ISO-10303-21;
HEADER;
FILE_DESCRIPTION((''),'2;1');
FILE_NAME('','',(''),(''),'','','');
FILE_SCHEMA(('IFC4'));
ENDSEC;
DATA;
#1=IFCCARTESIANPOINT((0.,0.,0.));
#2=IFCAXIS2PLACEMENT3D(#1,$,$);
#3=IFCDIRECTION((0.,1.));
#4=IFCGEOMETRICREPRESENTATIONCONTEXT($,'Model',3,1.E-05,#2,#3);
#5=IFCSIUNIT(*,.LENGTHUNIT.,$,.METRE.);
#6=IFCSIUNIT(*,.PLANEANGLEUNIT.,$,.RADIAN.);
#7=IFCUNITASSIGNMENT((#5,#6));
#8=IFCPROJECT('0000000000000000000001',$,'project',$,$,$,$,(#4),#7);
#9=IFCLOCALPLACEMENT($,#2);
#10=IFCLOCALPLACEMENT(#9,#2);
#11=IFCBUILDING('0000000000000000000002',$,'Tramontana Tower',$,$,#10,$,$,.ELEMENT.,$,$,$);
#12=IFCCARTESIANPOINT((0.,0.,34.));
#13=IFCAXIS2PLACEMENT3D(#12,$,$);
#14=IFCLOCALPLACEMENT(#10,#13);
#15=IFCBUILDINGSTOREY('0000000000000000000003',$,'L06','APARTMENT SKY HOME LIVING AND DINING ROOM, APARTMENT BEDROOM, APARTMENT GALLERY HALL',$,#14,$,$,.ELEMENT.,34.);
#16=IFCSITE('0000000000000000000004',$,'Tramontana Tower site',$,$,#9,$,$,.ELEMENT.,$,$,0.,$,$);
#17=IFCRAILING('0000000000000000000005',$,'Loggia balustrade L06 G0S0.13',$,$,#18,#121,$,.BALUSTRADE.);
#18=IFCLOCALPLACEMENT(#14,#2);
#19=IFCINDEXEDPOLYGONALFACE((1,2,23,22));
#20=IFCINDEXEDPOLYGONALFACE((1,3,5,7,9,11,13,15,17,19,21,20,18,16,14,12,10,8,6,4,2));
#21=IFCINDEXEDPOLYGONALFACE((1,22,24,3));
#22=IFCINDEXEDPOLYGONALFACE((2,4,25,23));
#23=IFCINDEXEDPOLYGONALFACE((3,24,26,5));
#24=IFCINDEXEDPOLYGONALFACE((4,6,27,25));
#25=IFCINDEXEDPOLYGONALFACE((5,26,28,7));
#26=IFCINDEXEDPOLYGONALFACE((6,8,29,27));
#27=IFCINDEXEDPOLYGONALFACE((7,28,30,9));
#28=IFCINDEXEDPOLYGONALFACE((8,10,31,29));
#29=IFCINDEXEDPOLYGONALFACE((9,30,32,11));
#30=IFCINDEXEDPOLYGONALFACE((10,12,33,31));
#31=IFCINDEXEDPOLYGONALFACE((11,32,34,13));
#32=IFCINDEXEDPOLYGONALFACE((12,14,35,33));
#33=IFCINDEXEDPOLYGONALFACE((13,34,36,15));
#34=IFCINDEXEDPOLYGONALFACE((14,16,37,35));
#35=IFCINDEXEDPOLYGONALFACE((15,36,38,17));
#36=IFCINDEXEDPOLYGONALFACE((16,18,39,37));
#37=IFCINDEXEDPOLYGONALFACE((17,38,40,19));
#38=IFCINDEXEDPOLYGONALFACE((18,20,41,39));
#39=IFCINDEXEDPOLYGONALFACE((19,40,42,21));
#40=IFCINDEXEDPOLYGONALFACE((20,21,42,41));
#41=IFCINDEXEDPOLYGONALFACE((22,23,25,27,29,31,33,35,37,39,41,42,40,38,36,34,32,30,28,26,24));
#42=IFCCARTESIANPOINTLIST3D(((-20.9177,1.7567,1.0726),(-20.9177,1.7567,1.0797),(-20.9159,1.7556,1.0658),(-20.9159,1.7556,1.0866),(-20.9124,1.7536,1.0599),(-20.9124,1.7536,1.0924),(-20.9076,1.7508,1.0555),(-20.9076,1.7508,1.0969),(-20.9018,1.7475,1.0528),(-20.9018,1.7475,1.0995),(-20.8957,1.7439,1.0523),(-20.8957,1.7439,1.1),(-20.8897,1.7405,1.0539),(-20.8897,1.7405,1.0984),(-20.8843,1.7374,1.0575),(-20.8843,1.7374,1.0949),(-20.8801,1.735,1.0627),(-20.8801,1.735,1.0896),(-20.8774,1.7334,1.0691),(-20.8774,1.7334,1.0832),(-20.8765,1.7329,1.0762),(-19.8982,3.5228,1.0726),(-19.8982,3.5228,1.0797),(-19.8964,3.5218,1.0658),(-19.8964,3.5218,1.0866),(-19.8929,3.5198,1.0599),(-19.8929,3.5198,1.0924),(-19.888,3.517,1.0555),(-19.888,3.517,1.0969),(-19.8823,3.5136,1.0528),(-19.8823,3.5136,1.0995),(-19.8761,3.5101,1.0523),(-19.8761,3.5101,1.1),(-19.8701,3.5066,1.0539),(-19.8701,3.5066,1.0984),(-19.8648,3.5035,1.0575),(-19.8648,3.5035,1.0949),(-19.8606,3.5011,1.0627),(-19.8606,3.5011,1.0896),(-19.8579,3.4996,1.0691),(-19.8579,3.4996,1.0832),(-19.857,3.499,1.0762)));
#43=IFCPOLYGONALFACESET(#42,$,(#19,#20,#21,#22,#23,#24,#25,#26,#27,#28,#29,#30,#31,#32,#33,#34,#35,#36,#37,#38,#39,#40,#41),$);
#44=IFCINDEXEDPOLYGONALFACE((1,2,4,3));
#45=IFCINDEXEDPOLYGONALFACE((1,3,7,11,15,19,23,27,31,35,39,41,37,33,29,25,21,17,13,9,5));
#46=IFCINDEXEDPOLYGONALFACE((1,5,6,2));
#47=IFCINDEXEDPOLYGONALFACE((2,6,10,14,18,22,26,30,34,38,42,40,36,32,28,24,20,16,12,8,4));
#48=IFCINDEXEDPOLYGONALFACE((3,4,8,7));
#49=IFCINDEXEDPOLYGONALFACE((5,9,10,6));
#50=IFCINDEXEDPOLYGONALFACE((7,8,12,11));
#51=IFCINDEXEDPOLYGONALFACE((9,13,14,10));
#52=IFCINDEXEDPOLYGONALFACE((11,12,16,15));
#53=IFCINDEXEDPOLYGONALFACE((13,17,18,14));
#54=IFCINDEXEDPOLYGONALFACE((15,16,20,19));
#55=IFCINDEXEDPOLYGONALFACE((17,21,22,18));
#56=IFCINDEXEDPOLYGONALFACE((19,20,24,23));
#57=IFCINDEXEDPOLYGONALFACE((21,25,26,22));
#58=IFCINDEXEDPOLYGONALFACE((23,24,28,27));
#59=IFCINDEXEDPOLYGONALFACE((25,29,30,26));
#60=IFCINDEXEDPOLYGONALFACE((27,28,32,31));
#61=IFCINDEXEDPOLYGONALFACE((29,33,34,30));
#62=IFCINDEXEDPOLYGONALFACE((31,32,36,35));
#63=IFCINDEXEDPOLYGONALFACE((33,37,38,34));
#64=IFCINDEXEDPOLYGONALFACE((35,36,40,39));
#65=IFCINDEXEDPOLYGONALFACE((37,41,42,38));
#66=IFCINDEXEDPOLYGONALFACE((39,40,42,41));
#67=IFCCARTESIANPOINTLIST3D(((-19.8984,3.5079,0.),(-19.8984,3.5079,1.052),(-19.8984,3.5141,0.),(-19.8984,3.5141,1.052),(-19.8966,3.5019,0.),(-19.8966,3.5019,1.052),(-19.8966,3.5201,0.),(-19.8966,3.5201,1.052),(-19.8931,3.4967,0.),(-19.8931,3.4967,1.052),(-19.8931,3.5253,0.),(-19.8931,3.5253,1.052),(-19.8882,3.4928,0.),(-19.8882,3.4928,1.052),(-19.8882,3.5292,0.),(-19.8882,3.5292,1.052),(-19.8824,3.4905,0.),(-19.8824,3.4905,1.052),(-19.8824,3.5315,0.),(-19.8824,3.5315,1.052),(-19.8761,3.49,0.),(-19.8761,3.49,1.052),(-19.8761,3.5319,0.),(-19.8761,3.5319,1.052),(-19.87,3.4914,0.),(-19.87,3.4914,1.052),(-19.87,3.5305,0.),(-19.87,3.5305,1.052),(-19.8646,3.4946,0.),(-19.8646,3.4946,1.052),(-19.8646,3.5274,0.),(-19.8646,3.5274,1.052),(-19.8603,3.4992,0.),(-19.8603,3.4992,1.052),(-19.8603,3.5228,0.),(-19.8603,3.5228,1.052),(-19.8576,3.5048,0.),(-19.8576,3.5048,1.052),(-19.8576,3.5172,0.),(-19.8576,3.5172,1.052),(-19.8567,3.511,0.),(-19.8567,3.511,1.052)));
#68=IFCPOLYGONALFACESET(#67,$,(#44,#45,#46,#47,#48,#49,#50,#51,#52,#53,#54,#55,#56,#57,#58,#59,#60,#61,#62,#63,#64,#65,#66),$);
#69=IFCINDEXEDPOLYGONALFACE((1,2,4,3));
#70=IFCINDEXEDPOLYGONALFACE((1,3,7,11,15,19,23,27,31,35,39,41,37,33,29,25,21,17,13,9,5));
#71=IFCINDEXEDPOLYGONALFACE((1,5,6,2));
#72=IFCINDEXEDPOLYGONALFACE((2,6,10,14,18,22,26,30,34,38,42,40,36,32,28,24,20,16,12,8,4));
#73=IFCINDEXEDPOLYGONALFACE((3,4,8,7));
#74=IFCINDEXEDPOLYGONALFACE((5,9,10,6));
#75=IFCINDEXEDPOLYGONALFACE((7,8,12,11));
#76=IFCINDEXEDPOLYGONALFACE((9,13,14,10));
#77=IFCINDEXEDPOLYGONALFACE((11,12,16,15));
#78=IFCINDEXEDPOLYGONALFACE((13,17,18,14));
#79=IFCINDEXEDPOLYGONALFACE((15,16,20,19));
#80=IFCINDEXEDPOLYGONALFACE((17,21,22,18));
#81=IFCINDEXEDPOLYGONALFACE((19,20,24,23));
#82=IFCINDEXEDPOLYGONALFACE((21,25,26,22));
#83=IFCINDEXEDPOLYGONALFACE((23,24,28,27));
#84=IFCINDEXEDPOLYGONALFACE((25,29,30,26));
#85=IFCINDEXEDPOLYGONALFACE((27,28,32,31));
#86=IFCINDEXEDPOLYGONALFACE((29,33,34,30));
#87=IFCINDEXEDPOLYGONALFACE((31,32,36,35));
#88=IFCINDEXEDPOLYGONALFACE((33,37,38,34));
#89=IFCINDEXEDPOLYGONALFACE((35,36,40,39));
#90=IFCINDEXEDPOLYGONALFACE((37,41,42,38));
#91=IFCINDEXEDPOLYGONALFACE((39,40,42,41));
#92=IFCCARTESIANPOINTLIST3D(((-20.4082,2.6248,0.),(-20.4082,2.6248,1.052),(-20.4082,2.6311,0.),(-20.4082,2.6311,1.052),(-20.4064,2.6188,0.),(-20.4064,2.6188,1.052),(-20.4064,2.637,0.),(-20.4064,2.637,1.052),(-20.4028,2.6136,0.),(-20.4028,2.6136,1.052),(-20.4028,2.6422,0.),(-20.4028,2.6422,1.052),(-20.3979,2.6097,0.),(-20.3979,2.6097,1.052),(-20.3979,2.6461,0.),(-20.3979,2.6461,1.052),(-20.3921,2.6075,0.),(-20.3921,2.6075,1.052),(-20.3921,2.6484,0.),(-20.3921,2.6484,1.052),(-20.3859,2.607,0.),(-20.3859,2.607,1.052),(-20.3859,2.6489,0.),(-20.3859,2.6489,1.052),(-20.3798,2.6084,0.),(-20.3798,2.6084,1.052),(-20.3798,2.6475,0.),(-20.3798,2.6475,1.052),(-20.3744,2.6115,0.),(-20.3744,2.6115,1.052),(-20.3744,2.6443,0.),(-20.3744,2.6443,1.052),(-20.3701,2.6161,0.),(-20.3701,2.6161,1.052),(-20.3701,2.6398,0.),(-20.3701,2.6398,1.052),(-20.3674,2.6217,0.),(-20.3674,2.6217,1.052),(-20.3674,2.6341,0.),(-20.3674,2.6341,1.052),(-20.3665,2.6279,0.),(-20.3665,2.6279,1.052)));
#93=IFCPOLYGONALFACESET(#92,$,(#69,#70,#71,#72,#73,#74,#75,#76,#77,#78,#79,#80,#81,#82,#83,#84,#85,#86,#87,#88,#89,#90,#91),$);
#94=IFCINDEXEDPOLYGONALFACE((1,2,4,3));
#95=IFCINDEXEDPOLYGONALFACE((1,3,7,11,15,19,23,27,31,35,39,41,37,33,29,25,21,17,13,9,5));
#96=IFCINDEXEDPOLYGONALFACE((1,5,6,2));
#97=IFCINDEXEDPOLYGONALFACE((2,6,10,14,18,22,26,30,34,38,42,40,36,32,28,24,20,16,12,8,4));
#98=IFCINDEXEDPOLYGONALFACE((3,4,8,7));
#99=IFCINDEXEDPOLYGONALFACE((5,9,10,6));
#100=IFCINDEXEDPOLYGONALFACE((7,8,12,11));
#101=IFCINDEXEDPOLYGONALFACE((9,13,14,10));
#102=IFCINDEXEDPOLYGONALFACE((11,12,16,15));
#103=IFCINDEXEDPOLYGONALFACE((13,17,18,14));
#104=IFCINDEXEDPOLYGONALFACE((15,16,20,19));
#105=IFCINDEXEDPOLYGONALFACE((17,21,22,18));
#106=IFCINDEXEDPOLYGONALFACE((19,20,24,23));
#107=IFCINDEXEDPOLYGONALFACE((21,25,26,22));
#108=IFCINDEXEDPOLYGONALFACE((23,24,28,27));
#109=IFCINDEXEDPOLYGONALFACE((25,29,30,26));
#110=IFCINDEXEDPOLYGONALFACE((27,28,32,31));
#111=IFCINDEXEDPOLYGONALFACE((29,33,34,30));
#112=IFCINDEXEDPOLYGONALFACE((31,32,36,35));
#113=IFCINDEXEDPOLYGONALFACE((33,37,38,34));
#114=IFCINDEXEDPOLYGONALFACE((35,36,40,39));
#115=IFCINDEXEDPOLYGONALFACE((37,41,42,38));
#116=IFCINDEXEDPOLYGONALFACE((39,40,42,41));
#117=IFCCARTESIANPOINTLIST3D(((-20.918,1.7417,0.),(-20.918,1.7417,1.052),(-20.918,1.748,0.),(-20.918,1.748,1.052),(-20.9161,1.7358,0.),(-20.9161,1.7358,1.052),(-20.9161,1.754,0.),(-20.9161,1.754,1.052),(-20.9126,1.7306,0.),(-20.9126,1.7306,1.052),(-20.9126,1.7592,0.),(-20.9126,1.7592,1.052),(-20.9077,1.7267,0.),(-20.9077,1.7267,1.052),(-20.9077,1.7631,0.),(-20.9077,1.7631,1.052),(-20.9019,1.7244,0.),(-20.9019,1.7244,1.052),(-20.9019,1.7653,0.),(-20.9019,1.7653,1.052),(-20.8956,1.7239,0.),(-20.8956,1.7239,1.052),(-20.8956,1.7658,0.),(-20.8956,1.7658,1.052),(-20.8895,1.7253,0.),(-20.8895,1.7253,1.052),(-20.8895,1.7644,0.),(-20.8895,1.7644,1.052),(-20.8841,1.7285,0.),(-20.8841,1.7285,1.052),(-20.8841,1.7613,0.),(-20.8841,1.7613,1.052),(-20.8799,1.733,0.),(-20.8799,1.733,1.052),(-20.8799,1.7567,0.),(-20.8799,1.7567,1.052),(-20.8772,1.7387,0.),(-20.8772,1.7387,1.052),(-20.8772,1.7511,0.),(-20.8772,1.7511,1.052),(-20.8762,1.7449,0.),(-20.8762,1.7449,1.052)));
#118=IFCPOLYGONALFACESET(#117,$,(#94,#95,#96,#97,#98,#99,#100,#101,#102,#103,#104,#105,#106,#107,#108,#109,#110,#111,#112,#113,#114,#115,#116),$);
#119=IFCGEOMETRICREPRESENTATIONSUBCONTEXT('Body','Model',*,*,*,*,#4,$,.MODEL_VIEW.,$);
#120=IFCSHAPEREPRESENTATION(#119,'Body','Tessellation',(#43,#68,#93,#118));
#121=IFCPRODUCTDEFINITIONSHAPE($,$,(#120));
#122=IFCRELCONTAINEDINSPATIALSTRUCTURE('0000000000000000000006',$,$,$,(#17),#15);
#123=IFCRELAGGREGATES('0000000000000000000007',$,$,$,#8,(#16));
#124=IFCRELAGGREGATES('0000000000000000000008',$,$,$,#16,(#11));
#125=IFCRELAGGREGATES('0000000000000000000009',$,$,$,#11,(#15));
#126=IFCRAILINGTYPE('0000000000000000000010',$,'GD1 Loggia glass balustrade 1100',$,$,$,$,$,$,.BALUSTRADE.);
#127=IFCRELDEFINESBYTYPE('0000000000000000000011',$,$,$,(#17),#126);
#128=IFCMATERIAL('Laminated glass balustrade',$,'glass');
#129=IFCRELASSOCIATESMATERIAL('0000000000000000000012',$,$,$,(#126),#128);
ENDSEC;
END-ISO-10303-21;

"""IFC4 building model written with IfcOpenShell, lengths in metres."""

from ifc_helpers import new_model, si_unit, direction, frame, origin, origin_2d, place, context, subcontext, project, spatial, circle, extrude, material, type_object, element, save


model = new_model("IFC4")

# Units and contexts
model_context = context("Model", 3, precision=1e-05, world=origin(), true_north=direction((0.0, 1.0)))
body_context = subcontext(model_context, "Body", "Model", "MODEL_VIEW")
ifc_project = project(units=[si_unit("LENGTHUNIT", "METRE"), si_unit("PLANEANGLEUNIT", "RADIAN")], contexts=[model_context])

# Site, building, storey
site_placement = place(None, origin())
site = spatial("IfcSite", under=ifc_project, at=site_placement, Name="Tramontana Tower site", CompositionType="ELEMENT", RefElevation=0.0)
building_placement = place(site_placement, origin())
building = spatial("IfcBuilding", under=site, at=building_placement, Name="Tramontana Tower", CompositionType="ELEMENT")
storey_placement = place(building_placement, frame((0.0, 0.0, 34.0)))
storey = spatial("IfcBuildingStorey", under=building, at=storey_placement, Name="L06", Description="APARTMENT SKY HOME LIVING AND DINING ROOM, APARTMENT BEDROOM, APARTMENT GALLERY HALL", CompositionType="ELEMENT", Elevation=34.0)

# Railing
ifc_material_1 = material(Name="Laminated glass balustrade", Category="glass")
railing_type = type_object("IfcRailingType", Name="GD1 Loggia glass balustrade 1100", PredefinedType="BALUSTRADE", material=ifc_material_1)
railing_placement = place(storey_placement, frame((-19.8777, 3.511, 0.0)))
element("IfcRailing", 1, at=railing_placement, inside=storey, type_object=railing_type, Name="Loggia balustrade L06 G0S0.13", PredefinedType="BALUSTRADE", context=body_context, shape_type="SweptSolid", body=[
    extrude(circle(Radius=0.0239, at=origin_2d()), frame((0.0, 0.0, 1.0762), z_axis=(-0.49995, -0.866054, 0.0), x_axis=(0.866054, -0.49995, 0.0)), (0.0, 0.0, 1.0), 2.0393),
    extrude(circle(Radius=0.021, at=origin_2d()), origin(), (0.0, 0.0, 1.0), 1.052),
    extrude(circle(Radius=0.021, at=origin_2d()), frame((-0.5098, -0.8831, 0.0)), (0.0, 0.0, 1.0), 1.052),
    extrude(circle(Radius=0.021, at=origin_2d()), frame((-1.0195, -1.7661, 0.0)), (0.0, 0.0, 1.0), 1.052),
])

save(model, "model.ifc")
